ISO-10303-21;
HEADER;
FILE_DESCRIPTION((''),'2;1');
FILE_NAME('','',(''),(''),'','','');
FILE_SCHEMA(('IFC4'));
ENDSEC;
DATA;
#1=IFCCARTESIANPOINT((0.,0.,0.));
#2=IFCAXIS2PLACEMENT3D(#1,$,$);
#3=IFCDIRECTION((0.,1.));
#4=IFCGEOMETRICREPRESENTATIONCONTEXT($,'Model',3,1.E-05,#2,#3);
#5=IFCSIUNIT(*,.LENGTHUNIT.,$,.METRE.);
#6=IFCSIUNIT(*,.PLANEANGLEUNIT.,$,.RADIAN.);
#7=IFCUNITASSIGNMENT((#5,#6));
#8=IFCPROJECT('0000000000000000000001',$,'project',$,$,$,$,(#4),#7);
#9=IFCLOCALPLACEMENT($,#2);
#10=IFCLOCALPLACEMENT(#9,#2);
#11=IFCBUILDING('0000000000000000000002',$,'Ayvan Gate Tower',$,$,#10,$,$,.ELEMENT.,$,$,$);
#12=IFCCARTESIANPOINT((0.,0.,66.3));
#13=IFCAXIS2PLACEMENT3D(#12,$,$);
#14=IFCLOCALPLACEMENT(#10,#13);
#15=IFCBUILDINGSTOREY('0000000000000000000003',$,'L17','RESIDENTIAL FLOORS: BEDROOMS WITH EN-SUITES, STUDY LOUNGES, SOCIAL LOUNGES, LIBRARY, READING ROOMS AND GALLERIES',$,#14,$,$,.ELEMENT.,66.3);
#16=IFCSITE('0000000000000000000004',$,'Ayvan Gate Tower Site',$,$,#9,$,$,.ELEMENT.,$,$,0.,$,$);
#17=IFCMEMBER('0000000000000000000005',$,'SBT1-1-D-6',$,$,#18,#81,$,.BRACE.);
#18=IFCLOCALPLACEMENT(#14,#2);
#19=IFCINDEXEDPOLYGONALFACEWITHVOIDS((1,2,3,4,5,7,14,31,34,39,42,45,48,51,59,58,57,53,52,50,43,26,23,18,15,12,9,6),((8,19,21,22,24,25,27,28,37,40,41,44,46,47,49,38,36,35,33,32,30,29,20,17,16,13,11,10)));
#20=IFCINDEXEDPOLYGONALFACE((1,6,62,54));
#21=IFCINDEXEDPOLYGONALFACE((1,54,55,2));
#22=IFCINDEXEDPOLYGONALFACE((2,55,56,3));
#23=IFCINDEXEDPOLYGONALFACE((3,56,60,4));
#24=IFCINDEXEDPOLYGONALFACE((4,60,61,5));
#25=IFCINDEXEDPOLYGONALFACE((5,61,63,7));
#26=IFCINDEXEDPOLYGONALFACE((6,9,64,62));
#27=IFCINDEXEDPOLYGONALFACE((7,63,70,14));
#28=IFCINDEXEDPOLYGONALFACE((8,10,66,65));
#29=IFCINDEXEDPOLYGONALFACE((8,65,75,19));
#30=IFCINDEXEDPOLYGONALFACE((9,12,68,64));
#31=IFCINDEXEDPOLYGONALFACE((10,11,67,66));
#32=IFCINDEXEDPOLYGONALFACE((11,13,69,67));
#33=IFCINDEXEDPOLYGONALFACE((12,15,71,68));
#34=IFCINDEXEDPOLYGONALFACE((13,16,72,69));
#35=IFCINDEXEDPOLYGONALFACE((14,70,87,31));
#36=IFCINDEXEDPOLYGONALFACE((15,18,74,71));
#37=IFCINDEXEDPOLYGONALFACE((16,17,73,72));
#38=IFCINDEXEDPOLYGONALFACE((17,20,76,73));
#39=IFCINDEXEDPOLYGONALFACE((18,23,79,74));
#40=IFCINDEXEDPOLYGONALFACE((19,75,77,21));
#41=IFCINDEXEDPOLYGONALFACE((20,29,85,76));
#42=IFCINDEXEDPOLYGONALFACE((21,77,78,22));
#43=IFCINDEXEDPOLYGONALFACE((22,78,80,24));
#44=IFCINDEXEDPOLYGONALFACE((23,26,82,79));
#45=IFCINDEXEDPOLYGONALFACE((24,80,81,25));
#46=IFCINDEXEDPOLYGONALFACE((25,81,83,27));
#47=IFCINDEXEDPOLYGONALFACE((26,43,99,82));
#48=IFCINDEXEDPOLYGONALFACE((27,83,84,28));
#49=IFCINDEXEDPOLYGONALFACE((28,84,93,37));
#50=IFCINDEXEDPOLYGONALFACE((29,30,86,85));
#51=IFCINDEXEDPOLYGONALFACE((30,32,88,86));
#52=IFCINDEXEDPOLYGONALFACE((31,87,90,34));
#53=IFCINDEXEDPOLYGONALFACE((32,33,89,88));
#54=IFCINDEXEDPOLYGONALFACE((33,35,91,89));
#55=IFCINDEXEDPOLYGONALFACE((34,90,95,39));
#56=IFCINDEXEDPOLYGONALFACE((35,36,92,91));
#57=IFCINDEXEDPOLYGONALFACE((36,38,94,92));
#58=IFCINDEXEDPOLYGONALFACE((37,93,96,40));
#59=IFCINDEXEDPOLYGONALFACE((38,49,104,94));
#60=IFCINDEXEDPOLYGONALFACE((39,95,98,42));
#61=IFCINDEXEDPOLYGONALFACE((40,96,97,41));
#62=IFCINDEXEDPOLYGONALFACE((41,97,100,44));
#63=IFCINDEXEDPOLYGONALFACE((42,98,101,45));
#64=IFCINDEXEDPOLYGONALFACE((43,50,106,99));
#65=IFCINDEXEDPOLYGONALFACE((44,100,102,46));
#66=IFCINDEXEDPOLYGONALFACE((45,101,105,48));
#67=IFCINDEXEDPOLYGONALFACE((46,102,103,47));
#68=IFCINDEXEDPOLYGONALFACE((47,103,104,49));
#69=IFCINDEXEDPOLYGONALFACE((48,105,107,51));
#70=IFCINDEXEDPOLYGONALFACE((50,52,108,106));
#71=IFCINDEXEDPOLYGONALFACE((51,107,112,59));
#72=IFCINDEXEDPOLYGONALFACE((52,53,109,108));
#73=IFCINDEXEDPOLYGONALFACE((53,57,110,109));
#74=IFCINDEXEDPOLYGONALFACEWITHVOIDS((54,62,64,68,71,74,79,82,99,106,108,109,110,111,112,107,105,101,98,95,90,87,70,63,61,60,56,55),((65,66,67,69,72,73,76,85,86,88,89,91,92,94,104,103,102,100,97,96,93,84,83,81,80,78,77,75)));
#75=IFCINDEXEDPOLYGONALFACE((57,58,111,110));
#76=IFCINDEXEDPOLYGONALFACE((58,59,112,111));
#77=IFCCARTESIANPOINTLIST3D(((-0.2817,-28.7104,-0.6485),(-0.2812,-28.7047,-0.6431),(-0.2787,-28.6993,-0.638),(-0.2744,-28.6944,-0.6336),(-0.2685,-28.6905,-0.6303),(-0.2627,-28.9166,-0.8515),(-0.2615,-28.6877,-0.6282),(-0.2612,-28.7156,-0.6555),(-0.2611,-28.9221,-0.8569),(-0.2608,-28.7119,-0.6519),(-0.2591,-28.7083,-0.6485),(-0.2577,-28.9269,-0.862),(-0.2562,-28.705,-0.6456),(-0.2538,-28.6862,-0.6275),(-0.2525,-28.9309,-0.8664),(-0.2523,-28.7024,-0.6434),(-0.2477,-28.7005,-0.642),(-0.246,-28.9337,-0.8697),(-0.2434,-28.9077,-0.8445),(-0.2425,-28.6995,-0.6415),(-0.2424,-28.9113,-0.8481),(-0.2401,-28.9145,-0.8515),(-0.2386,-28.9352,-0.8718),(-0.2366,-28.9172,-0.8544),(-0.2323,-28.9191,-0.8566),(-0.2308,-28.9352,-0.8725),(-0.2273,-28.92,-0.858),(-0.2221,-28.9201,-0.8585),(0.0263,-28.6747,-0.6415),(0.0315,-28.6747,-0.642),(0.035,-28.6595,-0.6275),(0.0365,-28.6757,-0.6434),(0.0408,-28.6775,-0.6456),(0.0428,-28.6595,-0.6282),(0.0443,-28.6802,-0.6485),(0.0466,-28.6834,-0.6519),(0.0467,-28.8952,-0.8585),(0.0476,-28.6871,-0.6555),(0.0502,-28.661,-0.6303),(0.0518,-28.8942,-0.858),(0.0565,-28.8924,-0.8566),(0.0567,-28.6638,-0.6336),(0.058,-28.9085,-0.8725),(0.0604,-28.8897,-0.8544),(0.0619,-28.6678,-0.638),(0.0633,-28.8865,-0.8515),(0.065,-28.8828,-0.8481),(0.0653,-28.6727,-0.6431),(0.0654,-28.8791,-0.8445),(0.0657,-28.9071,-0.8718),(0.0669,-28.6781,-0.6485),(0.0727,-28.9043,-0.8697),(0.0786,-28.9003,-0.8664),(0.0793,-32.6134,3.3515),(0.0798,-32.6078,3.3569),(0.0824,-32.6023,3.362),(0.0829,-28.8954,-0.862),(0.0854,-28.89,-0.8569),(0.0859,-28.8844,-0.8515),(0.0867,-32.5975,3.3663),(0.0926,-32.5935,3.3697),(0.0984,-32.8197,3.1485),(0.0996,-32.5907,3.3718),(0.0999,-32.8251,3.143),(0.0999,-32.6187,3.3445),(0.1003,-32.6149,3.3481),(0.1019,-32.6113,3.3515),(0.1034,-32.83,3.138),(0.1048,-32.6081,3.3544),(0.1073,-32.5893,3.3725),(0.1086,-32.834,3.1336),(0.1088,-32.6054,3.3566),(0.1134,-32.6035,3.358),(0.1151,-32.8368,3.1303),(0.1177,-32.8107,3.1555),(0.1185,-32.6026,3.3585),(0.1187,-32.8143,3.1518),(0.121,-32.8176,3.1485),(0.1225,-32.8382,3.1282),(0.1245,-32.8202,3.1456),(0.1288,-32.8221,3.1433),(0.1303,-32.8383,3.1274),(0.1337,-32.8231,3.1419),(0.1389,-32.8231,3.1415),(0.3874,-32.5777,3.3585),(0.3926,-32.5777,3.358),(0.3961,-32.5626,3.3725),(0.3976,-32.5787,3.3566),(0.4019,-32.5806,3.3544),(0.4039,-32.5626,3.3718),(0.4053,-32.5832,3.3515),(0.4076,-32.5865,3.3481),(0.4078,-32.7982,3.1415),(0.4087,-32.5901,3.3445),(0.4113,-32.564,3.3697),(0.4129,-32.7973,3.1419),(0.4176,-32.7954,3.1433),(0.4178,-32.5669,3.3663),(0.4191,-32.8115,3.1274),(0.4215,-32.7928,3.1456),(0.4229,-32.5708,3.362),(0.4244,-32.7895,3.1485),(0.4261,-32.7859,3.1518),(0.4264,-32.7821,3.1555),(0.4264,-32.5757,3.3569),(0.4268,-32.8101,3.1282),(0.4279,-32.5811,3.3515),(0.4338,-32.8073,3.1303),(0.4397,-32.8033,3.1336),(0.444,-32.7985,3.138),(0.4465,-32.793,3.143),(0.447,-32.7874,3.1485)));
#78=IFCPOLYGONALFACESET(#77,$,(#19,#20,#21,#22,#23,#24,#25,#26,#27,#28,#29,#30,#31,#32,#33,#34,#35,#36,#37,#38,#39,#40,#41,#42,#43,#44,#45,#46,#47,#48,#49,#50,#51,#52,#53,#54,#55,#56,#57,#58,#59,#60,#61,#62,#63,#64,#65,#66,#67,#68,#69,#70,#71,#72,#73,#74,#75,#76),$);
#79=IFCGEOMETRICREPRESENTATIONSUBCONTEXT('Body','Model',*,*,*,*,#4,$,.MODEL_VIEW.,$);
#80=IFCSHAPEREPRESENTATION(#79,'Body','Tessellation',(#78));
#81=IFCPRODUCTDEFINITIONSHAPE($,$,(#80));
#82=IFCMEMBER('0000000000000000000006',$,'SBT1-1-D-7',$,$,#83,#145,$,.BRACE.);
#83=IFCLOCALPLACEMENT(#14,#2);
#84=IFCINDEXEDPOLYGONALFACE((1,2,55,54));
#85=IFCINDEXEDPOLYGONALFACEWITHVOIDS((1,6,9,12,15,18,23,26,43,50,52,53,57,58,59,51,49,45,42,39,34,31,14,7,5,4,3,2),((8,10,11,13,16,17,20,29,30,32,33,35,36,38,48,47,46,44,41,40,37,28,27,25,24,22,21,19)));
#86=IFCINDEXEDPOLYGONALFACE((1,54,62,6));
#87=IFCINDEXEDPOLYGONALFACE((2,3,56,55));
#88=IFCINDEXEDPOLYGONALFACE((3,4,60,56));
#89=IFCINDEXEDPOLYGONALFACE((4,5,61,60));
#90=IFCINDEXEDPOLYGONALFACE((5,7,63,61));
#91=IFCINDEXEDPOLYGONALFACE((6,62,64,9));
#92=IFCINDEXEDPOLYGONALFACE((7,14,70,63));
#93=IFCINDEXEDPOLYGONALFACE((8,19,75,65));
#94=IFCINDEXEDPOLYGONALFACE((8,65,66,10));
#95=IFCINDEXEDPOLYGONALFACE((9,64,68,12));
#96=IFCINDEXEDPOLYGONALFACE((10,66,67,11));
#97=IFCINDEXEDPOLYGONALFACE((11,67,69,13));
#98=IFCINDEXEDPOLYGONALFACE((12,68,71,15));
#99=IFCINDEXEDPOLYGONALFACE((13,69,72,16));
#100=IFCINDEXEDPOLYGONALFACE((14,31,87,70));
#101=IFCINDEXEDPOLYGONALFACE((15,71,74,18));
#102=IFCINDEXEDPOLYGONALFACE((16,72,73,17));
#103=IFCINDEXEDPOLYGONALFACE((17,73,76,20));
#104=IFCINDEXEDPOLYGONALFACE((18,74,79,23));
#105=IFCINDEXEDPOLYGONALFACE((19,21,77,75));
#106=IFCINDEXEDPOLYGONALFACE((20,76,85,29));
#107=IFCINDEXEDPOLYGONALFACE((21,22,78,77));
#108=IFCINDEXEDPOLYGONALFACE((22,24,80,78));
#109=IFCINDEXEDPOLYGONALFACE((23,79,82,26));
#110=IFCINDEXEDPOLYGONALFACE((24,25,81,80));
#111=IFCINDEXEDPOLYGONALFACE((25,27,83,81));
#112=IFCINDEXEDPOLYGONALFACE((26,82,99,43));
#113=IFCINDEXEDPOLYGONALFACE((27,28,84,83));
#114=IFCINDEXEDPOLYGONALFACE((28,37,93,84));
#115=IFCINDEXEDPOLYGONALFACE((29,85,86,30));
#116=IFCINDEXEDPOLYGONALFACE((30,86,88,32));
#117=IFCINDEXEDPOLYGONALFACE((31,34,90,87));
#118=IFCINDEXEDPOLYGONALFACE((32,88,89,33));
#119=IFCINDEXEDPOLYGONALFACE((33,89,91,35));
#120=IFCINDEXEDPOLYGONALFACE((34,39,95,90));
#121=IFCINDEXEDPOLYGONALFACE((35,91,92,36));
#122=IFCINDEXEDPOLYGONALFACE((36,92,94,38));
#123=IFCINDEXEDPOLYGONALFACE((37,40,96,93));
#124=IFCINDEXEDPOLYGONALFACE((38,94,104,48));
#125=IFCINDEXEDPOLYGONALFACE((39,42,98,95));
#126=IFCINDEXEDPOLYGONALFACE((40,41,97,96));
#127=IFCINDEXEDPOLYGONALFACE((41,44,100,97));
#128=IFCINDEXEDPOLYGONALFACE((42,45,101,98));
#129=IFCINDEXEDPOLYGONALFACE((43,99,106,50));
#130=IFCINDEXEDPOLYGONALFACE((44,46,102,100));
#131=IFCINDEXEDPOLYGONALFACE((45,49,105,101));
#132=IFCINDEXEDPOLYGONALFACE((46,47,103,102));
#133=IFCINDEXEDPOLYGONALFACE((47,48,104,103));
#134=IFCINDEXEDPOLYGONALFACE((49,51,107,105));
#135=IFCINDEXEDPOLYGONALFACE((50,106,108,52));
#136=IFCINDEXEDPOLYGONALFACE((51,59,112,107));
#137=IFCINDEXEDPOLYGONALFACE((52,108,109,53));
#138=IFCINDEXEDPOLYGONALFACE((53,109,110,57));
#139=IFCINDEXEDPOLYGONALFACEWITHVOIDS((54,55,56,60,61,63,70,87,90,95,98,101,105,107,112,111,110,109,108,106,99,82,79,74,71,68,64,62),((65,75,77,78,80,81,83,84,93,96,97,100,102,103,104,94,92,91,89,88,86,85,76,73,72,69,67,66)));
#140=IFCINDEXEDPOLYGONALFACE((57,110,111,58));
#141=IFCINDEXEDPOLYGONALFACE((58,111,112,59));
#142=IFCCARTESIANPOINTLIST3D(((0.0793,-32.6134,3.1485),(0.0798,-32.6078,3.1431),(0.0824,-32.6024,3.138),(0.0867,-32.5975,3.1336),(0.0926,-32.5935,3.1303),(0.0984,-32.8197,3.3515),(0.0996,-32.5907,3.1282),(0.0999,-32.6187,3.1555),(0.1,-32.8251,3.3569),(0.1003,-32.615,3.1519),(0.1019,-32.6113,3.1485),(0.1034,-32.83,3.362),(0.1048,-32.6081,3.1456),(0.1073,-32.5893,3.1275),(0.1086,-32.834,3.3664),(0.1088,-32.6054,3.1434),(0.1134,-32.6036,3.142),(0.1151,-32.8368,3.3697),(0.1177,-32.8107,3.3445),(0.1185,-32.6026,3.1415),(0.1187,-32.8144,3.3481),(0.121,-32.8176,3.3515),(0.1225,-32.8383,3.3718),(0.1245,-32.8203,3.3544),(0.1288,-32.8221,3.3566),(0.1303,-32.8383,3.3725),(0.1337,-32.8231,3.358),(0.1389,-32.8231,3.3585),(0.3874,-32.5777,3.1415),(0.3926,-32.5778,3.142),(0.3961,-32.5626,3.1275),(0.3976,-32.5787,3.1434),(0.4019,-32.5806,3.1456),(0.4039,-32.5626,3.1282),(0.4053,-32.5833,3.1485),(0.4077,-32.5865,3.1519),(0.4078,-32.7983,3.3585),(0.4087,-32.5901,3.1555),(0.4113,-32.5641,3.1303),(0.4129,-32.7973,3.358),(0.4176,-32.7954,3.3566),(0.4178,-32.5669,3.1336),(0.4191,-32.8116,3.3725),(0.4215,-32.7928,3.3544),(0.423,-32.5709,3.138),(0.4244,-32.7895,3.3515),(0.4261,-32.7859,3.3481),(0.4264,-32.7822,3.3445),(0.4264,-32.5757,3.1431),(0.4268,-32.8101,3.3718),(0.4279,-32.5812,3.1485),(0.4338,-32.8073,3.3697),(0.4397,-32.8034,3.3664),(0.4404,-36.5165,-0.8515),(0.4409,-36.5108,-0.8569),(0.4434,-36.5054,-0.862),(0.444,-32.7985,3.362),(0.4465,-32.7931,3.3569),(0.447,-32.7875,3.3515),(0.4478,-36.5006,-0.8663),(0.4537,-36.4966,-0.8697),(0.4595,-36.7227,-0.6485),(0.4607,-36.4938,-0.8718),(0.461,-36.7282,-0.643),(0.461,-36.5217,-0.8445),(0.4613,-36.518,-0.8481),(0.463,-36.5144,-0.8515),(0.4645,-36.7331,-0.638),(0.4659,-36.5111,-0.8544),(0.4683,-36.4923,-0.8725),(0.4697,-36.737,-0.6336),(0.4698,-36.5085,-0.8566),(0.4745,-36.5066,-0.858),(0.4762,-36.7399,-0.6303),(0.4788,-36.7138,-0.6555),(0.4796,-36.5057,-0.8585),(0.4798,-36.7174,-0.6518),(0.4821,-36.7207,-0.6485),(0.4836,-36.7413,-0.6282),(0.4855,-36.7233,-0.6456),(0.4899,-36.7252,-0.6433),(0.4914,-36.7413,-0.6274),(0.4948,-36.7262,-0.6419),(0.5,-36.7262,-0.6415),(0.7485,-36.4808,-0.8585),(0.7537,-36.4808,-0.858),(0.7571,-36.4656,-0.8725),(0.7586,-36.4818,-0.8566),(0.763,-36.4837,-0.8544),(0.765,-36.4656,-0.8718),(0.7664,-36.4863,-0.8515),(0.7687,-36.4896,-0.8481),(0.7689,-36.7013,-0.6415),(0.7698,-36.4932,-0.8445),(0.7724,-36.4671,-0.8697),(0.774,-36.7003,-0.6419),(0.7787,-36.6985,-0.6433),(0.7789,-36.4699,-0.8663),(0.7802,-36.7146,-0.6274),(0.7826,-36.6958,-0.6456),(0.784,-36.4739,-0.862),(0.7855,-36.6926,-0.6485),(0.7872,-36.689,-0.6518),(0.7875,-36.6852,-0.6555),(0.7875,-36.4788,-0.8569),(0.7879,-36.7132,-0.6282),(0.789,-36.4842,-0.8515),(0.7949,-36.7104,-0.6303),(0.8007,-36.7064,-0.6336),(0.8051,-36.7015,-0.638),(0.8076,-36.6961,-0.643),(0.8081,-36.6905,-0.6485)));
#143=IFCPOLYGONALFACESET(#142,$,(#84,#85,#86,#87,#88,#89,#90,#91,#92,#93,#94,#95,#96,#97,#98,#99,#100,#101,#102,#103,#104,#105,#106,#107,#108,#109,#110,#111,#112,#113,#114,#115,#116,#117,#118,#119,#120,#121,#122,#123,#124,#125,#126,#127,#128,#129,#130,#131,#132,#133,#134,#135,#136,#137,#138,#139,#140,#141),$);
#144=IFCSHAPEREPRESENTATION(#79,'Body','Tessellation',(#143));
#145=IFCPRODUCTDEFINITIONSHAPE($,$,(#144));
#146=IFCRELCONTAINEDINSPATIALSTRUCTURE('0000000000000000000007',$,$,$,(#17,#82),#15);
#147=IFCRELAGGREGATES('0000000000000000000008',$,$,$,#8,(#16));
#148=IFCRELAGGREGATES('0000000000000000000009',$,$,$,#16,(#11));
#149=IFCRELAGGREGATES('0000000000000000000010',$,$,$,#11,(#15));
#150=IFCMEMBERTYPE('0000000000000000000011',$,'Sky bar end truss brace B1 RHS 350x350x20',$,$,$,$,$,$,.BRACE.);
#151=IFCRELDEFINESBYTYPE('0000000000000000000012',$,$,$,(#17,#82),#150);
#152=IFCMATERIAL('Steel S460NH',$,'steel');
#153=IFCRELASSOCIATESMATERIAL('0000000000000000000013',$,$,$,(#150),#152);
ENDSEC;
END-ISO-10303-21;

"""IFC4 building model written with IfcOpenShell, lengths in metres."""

from ifc_helpers import new_model, si_unit, direction, frame, origin, origin_2d, place, context, subcontext, project, spatial, hollow_rectangle, extrude, material, material_profile, profile_set, type_object, element, save


model = new_model("IFC4")

# Units and contexts
model_context = context("Model", 3, precision=1e-05, world=origin(), true_north=direction((0.0, 1.0)))
body_context = subcontext(model_context, "Body", "Model", "MODEL_VIEW")
ifc_project = project(units=[si_unit("LENGTHUNIT", "METRE"), si_unit("PLANEANGLEUNIT", "RADIAN")], contexts=[model_context])

# Site, building, storey
site_placement = place(None, origin())
site = spatial("IfcSite", under=ifc_project, at=site_placement, Name="Ayvan Gate Tower Site", CompositionType="ELEMENT", RefElevation=0.0)
building_placement = place(site_placement, origin())
building = spatial("IfcBuilding", under=site, at=building_placement, Name="Ayvan Gate Tower", CompositionType="ELEMENT")
storey_placement = place(building_placement, frame((0.0, 0.0, 66.3)))
storey = spatial("IfcBuildingStorey", under=building, at=storey_placement, Name="L17", Description="RESIDENTIAL FLOORS: BEDROOMS WITH EN-SUITES, STUDY LOUNGES, SOCIAL LOUNGES, LIBRARY, READING ROOMS AND GALLERIES", CompositionType="ELEMENT", Elevation=66.3)

# Shared definitions
ifc_material_1 = material(Name="Steel S460NH", Category="steel")

# Members
ifc_material_profile_1 = material_profile(ifc_material_1, hollow_rectangle(XDim=0.3501, YDim=0.3501, WallThickness=0.02, InnerFilletRadius=0.02, OuterFilletRadius=0.03, at=origin_2d()), Name="RHS 350x350x20")
ifc_profile_set_1 = profile_set([ifc_material_profile_1], Name="Steel S460NH")
member_type_1 = type_object("IfcMemberType", Name="Sky bar end truss brace B1 RHS 350x350x20", PredefinedType="BRACE", material=ifc_profile_set_1)
for number, where, z_axis, x_axis, name in (
    (1, (-0.0979, -28.7974, -0.75), (0.064475, -0.696929, 0.714236), (0.995748, 0.092119, 0.0), "SBT1-1-D-6"),
    (2, (0.2632, -32.7004, 3.25), (0.064475, -0.696929, -0.714236), (0.995748, 0.092119, 0.0), "SBT1-1-D-7"),
):
    element("IfcMember", number, at=place(storey_placement, frame(where, z_axis=z_axis, x_axis=x_axis)), inside=storey, type_object=member_type_1, Name=name, PredefinedType="BRACE", context=body_context, shape_type="SweptSolid", body=[
        extrude(hollow_rectangle(XDim=0.3501, YDim=0.3501, WallThickness=0.02, InnerFilletRadius=0.02, OuterFilletRadius=0.03, at=origin_2d()), origin(), (0.0, 0.0, 1.0), 5.6003),
    ])

save(model, "model.ifc")
